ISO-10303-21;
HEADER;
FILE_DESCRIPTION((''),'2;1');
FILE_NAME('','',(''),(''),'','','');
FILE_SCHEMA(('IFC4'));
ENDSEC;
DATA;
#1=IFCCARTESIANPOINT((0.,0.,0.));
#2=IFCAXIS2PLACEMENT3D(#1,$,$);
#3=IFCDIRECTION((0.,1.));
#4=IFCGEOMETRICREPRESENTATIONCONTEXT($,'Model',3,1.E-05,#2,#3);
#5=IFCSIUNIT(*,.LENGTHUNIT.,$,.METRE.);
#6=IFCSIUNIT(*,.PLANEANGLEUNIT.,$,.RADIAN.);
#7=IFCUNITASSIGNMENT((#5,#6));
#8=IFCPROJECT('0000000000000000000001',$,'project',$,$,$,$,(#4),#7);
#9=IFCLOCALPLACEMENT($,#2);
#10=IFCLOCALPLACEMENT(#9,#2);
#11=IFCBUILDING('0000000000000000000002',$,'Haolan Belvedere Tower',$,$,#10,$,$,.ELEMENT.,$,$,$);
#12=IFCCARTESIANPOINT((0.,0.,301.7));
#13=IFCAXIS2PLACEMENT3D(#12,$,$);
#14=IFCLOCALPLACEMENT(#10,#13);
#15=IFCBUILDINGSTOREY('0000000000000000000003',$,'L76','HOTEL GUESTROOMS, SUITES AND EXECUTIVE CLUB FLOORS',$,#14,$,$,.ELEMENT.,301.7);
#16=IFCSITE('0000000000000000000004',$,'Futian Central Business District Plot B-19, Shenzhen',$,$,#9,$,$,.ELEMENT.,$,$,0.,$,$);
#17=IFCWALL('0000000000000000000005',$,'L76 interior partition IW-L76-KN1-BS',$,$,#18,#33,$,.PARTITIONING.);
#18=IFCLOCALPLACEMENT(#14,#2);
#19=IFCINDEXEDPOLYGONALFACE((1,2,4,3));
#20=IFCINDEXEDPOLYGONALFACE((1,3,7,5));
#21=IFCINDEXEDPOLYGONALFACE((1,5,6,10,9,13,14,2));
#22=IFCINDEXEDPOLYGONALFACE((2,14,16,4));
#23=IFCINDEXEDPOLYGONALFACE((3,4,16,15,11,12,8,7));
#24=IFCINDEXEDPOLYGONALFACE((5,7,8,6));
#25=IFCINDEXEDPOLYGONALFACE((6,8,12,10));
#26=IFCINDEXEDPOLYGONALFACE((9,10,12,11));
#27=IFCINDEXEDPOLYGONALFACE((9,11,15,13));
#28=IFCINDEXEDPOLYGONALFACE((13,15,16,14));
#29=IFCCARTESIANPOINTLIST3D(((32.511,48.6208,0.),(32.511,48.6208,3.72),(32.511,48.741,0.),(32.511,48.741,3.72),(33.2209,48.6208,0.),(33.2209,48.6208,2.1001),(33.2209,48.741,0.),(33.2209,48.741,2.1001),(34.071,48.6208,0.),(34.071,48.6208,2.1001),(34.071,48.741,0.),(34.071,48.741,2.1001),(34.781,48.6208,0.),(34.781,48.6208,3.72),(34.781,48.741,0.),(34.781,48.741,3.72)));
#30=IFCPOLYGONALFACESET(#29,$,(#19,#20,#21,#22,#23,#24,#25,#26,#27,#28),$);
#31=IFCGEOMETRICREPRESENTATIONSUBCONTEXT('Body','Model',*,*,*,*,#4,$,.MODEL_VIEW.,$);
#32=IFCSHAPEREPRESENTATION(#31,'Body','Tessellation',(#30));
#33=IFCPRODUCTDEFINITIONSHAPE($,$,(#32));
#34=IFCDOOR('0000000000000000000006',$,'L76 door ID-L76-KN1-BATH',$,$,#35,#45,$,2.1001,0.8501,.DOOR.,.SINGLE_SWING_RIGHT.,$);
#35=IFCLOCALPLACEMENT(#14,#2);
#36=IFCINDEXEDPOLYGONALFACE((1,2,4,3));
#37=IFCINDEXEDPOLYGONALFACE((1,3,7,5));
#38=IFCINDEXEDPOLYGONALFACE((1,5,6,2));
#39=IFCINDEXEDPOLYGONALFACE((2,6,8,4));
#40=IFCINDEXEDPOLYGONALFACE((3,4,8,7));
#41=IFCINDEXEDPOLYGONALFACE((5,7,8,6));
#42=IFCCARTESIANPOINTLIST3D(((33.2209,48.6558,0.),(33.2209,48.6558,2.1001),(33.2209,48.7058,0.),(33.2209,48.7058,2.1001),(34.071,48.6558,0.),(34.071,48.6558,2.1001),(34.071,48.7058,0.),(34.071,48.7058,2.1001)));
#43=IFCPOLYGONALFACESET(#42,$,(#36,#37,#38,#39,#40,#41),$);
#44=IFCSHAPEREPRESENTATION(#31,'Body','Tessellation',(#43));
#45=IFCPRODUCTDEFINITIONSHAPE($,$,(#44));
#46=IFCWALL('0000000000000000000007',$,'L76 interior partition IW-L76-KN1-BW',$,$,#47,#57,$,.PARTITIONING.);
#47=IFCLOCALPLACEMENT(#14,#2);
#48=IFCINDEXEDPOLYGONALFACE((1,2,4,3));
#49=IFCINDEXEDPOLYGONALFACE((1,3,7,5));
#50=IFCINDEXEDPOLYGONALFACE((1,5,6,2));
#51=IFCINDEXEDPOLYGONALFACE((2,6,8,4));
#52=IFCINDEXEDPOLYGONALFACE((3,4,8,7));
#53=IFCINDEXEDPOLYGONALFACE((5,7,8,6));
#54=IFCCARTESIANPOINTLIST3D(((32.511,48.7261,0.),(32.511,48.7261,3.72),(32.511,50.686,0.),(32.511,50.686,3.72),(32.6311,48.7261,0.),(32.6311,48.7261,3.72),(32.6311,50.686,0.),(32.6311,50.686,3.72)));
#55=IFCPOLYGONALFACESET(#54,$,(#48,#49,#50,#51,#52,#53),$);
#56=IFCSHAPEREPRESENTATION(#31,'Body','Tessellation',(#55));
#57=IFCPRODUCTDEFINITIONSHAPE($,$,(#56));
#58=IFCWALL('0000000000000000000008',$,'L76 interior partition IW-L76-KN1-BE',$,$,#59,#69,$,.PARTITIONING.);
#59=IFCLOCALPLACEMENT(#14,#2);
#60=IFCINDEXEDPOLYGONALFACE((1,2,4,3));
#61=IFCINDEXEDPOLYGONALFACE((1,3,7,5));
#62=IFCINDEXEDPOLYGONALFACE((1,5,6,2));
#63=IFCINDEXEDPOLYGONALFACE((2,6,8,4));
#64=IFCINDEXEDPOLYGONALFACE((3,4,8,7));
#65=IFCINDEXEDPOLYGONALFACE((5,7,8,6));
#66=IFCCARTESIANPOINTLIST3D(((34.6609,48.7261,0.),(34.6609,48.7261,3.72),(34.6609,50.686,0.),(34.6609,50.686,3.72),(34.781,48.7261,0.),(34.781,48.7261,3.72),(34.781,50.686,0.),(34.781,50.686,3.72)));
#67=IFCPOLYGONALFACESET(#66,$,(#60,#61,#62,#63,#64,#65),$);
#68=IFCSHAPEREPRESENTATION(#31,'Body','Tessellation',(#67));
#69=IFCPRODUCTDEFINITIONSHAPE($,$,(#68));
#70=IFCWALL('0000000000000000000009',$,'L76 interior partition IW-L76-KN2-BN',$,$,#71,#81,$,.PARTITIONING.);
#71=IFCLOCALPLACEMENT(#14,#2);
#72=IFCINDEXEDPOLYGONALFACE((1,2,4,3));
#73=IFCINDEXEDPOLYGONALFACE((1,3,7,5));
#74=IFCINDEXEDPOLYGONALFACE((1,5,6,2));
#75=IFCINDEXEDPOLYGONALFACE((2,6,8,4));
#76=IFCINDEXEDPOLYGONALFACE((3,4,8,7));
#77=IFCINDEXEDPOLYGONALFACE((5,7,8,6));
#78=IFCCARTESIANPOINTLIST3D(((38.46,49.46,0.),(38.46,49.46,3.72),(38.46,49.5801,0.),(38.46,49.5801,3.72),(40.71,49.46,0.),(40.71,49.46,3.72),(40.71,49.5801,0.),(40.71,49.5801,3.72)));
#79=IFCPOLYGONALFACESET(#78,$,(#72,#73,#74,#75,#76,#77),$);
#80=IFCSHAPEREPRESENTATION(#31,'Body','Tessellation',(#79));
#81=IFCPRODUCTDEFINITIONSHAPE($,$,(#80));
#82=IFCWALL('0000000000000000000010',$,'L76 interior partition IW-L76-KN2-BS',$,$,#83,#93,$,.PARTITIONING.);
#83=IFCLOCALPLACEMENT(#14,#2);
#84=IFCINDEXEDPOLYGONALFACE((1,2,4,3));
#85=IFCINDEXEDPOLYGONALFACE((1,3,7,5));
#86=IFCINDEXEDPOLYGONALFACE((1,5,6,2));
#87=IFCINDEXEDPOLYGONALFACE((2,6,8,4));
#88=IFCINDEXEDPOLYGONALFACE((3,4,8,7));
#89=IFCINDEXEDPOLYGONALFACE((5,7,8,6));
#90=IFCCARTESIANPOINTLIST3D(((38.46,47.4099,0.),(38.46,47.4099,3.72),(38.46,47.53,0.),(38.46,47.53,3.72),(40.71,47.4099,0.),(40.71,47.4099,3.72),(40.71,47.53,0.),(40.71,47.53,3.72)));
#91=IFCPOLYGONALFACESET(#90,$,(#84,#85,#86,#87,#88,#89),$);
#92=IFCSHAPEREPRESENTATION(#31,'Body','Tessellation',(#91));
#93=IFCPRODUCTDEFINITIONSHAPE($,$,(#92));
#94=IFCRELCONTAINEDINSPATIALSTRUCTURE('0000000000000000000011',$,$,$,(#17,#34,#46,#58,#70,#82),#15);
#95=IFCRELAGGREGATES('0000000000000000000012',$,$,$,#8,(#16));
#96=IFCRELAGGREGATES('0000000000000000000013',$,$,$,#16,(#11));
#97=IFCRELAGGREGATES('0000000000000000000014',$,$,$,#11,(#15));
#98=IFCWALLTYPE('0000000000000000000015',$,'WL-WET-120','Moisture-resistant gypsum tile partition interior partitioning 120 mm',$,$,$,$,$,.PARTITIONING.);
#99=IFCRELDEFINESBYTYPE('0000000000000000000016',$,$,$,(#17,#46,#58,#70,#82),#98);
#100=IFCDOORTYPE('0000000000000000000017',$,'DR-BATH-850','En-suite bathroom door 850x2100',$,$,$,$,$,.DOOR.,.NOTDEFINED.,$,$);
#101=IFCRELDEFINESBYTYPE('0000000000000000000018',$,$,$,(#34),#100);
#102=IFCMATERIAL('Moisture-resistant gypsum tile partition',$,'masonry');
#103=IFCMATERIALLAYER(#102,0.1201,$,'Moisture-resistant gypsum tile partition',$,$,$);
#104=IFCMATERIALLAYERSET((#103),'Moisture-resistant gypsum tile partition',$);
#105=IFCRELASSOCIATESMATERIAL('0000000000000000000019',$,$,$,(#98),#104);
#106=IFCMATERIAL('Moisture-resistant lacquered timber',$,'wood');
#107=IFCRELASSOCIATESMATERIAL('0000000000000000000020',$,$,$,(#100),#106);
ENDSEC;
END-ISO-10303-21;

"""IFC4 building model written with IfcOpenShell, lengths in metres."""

from ifc_helpers import new_model, si_unit, direction, frame, frame_2d, origin, place, context, subcontext, project, spatial, rectangle, extrude, material, layer, layer_set, type_object, element, fill, save


model = new_model("IFC4")

# Units and contexts
model_context = context("Model", 3, precision=1e-05, world=origin(), true_north=direction((0.0, 1.0)))
body_context = subcontext(model_context, "Body", "Model", "MODEL_VIEW")
ifc_project = project(units=[si_unit("LENGTHUNIT", "METRE"), si_unit("PLANEANGLEUNIT", "RADIAN")], contexts=[model_context])

# Site, building, storey
site_placement = place(None, origin())
site = spatial("IfcSite", under=ifc_project, at=site_placement, Name="Futian Central Business District Plot B-19, Shenzhen", CompositionType="ELEMENT", RefElevation=0.0)
building_placement = place(site_placement, origin())
building = spatial("IfcBuilding", under=site, at=building_placement, Name="Haolan Belvedere Tower", CompositionType="ELEMENT")
storey_placement = place(building_placement, frame((0.0, 0.0, 301.7)))
storey = spatial("IfcBuildingStorey", under=building, at=storey_placement, Name="L76", Description="HOTEL GUESTROOMS, SUITES AND EXECUTIVE CLUB FLOORS", CompositionType="ELEMENT", Elevation=301.7)

# Shared definitions
ifc_material_1 = material(Name="Moisture-resistant gypsum tile partition", Category="masonry")
ifc_layer_1 = layer(ifc_material_1, 0.1201, Name="Moisture-resistant gypsum tile partition")
ifc_layer_set_1 = layer_set([ifc_layer_1], Name="Moisture-resistant gypsum tile partition")
wall_type_1 = type_object("IfcWallType", Name="WL-WET-120", Description="Moisture-resistant gypsum tile partition interior partitioning 120 mm", PredefinedType="PARTITIONING", material=ifc_layer_set_1)

# Wall, opening, door
wall_1_placement = place(storey_placement, frame((32.511, 48.6809, 0.0), z_axis=(0.0, 0.0, 1.0), x_axis=(1.0, 0.0, 0.0)))
wall_1 = element("IfcWall", 1, at=wall_1_placement, inside=storey, type_object=wall_type_1, Name="L76 interior partition IW-L76-KN1-BS", PredefinedType="PARTITIONING", context=body_context, shape_type="SweptSolid", body=[
    extrude(rectangle(XDim=2.27, YDim=0.1201, at=frame_2d((1.135, 0.0))), origin(), (0.0, 0.0, 1.0), 3.72),
])
opening_1_placement = place(wall_1_placement, frame((0.71, 0.0, 0.0)))
opening_1 = element("IfcOpeningElement", 2, at=opening_1_placement, cuts=wall_1, PredefinedType="OPENING", context=body_context, shape_type="SweptSolid", body=[
    extrude(rectangle(XDim=0.8501, YDim=2.1001, at=frame_2d((0.425, 1.05))), frame((0.0, 0.0701, 0.0), z_axis=(0.0, -1.0, 0.0), x_axis=(1.0, 0.0, 0.0)), (0.0, 0.0, 1.0), 0.1401),
])
ifc_material_2 = material(Name="Moisture-resistant lacquered timber", Category="wood")
door_type_1 = type_object("IfcDoorType", Name="DR-BATH-850", Description="En-suite bathroom door 850x2100", OperationType="NOTDEFINED", PredefinedType="DOOR", material=ifc_material_2)
door_1_placement = place(opening_1_placement, origin())
door_1 = element("IfcDoor", 3, at=door_1_placement, inside=storey, type_object=door_type_1, Name="L76 door ID-L76-KN1-BATH", OperationType="SINGLE_SWING_RIGHT", OverallHeight=2.1001, OverallWidth=0.8501, PredefinedType="DOOR", context=body_context, shape_type="SweptSolid", body=[
    extrude(rectangle(XDim=0.8501, YDim=2.1001, at=frame_2d((0.425, 1.05))), frame((0.0, 0.0249, 0.0), z_axis=(0.0, -1.0, 0.0), x_axis=(1.0, 0.0, 0.0)), (0.0, 0.0, 1.0), 0.05),
])
fill(opening_1, door_1)

# Walls
for number, where, z_axis, x_axis, name in (
    (4, (32.571, 48.7261, 0.0), (0.0, 0.0, 1.0), (0.0, 1.0, 0.0), "L76 interior partition IW-L76-KN1-BW"),
    (5, (34.7209, 48.7261, 0.0), (0.0, 0.0, 1.0), (0.0, 1.0, 0.0), "L76 interior partition IW-L76-KN1-BE"),
):
    element("IfcWall", number, at=place(storey_placement, frame(where, z_axis=z_axis, x_axis=x_axis)), inside=storey, type_object=wall_type_1, Name=name, PredefinedType="PARTITIONING", context=body_context, shape_type="SweptSolid", body=[
        extrude(rectangle(XDim=1.96, YDim=0.1201, at=frame_2d((0.98, 0.0))), origin(), (0.0, 0.0, 1.0), 3.72),
    ])
for number, where, z_axis, x_axis, name in (
    (6, (38.46, 49.52, 0.0), (0.0, 0.0, 1.0), (1.0, 0.0, 0.0), "L76 interior partition IW-L76-KN2-BN"),
    (7, (38.46, 47.47, 0.0), (0.0, 0.0, 1.0), (1.0, 0.0, 0.0), "L76 interior partition IW-L76-KN2-BS"),
):
    element("IfcWall", number, at=place(storey_placement, frame(where, z_axis=z_axis, x_axis=x_axis)), inside=storey, type_object=wall_type_1, Name=name, PredefinedType="PARTITIONING", context=body_context, shape_type="SweptSolid", body=[
        extrude(rectangle(XDim=2.25, YDim=0.1201, at=frame_2d((1.125, 0.0))), origin(), (0.0, 0.0, 1.0), 3.72),
    ])

save(model, "model.ifc")
